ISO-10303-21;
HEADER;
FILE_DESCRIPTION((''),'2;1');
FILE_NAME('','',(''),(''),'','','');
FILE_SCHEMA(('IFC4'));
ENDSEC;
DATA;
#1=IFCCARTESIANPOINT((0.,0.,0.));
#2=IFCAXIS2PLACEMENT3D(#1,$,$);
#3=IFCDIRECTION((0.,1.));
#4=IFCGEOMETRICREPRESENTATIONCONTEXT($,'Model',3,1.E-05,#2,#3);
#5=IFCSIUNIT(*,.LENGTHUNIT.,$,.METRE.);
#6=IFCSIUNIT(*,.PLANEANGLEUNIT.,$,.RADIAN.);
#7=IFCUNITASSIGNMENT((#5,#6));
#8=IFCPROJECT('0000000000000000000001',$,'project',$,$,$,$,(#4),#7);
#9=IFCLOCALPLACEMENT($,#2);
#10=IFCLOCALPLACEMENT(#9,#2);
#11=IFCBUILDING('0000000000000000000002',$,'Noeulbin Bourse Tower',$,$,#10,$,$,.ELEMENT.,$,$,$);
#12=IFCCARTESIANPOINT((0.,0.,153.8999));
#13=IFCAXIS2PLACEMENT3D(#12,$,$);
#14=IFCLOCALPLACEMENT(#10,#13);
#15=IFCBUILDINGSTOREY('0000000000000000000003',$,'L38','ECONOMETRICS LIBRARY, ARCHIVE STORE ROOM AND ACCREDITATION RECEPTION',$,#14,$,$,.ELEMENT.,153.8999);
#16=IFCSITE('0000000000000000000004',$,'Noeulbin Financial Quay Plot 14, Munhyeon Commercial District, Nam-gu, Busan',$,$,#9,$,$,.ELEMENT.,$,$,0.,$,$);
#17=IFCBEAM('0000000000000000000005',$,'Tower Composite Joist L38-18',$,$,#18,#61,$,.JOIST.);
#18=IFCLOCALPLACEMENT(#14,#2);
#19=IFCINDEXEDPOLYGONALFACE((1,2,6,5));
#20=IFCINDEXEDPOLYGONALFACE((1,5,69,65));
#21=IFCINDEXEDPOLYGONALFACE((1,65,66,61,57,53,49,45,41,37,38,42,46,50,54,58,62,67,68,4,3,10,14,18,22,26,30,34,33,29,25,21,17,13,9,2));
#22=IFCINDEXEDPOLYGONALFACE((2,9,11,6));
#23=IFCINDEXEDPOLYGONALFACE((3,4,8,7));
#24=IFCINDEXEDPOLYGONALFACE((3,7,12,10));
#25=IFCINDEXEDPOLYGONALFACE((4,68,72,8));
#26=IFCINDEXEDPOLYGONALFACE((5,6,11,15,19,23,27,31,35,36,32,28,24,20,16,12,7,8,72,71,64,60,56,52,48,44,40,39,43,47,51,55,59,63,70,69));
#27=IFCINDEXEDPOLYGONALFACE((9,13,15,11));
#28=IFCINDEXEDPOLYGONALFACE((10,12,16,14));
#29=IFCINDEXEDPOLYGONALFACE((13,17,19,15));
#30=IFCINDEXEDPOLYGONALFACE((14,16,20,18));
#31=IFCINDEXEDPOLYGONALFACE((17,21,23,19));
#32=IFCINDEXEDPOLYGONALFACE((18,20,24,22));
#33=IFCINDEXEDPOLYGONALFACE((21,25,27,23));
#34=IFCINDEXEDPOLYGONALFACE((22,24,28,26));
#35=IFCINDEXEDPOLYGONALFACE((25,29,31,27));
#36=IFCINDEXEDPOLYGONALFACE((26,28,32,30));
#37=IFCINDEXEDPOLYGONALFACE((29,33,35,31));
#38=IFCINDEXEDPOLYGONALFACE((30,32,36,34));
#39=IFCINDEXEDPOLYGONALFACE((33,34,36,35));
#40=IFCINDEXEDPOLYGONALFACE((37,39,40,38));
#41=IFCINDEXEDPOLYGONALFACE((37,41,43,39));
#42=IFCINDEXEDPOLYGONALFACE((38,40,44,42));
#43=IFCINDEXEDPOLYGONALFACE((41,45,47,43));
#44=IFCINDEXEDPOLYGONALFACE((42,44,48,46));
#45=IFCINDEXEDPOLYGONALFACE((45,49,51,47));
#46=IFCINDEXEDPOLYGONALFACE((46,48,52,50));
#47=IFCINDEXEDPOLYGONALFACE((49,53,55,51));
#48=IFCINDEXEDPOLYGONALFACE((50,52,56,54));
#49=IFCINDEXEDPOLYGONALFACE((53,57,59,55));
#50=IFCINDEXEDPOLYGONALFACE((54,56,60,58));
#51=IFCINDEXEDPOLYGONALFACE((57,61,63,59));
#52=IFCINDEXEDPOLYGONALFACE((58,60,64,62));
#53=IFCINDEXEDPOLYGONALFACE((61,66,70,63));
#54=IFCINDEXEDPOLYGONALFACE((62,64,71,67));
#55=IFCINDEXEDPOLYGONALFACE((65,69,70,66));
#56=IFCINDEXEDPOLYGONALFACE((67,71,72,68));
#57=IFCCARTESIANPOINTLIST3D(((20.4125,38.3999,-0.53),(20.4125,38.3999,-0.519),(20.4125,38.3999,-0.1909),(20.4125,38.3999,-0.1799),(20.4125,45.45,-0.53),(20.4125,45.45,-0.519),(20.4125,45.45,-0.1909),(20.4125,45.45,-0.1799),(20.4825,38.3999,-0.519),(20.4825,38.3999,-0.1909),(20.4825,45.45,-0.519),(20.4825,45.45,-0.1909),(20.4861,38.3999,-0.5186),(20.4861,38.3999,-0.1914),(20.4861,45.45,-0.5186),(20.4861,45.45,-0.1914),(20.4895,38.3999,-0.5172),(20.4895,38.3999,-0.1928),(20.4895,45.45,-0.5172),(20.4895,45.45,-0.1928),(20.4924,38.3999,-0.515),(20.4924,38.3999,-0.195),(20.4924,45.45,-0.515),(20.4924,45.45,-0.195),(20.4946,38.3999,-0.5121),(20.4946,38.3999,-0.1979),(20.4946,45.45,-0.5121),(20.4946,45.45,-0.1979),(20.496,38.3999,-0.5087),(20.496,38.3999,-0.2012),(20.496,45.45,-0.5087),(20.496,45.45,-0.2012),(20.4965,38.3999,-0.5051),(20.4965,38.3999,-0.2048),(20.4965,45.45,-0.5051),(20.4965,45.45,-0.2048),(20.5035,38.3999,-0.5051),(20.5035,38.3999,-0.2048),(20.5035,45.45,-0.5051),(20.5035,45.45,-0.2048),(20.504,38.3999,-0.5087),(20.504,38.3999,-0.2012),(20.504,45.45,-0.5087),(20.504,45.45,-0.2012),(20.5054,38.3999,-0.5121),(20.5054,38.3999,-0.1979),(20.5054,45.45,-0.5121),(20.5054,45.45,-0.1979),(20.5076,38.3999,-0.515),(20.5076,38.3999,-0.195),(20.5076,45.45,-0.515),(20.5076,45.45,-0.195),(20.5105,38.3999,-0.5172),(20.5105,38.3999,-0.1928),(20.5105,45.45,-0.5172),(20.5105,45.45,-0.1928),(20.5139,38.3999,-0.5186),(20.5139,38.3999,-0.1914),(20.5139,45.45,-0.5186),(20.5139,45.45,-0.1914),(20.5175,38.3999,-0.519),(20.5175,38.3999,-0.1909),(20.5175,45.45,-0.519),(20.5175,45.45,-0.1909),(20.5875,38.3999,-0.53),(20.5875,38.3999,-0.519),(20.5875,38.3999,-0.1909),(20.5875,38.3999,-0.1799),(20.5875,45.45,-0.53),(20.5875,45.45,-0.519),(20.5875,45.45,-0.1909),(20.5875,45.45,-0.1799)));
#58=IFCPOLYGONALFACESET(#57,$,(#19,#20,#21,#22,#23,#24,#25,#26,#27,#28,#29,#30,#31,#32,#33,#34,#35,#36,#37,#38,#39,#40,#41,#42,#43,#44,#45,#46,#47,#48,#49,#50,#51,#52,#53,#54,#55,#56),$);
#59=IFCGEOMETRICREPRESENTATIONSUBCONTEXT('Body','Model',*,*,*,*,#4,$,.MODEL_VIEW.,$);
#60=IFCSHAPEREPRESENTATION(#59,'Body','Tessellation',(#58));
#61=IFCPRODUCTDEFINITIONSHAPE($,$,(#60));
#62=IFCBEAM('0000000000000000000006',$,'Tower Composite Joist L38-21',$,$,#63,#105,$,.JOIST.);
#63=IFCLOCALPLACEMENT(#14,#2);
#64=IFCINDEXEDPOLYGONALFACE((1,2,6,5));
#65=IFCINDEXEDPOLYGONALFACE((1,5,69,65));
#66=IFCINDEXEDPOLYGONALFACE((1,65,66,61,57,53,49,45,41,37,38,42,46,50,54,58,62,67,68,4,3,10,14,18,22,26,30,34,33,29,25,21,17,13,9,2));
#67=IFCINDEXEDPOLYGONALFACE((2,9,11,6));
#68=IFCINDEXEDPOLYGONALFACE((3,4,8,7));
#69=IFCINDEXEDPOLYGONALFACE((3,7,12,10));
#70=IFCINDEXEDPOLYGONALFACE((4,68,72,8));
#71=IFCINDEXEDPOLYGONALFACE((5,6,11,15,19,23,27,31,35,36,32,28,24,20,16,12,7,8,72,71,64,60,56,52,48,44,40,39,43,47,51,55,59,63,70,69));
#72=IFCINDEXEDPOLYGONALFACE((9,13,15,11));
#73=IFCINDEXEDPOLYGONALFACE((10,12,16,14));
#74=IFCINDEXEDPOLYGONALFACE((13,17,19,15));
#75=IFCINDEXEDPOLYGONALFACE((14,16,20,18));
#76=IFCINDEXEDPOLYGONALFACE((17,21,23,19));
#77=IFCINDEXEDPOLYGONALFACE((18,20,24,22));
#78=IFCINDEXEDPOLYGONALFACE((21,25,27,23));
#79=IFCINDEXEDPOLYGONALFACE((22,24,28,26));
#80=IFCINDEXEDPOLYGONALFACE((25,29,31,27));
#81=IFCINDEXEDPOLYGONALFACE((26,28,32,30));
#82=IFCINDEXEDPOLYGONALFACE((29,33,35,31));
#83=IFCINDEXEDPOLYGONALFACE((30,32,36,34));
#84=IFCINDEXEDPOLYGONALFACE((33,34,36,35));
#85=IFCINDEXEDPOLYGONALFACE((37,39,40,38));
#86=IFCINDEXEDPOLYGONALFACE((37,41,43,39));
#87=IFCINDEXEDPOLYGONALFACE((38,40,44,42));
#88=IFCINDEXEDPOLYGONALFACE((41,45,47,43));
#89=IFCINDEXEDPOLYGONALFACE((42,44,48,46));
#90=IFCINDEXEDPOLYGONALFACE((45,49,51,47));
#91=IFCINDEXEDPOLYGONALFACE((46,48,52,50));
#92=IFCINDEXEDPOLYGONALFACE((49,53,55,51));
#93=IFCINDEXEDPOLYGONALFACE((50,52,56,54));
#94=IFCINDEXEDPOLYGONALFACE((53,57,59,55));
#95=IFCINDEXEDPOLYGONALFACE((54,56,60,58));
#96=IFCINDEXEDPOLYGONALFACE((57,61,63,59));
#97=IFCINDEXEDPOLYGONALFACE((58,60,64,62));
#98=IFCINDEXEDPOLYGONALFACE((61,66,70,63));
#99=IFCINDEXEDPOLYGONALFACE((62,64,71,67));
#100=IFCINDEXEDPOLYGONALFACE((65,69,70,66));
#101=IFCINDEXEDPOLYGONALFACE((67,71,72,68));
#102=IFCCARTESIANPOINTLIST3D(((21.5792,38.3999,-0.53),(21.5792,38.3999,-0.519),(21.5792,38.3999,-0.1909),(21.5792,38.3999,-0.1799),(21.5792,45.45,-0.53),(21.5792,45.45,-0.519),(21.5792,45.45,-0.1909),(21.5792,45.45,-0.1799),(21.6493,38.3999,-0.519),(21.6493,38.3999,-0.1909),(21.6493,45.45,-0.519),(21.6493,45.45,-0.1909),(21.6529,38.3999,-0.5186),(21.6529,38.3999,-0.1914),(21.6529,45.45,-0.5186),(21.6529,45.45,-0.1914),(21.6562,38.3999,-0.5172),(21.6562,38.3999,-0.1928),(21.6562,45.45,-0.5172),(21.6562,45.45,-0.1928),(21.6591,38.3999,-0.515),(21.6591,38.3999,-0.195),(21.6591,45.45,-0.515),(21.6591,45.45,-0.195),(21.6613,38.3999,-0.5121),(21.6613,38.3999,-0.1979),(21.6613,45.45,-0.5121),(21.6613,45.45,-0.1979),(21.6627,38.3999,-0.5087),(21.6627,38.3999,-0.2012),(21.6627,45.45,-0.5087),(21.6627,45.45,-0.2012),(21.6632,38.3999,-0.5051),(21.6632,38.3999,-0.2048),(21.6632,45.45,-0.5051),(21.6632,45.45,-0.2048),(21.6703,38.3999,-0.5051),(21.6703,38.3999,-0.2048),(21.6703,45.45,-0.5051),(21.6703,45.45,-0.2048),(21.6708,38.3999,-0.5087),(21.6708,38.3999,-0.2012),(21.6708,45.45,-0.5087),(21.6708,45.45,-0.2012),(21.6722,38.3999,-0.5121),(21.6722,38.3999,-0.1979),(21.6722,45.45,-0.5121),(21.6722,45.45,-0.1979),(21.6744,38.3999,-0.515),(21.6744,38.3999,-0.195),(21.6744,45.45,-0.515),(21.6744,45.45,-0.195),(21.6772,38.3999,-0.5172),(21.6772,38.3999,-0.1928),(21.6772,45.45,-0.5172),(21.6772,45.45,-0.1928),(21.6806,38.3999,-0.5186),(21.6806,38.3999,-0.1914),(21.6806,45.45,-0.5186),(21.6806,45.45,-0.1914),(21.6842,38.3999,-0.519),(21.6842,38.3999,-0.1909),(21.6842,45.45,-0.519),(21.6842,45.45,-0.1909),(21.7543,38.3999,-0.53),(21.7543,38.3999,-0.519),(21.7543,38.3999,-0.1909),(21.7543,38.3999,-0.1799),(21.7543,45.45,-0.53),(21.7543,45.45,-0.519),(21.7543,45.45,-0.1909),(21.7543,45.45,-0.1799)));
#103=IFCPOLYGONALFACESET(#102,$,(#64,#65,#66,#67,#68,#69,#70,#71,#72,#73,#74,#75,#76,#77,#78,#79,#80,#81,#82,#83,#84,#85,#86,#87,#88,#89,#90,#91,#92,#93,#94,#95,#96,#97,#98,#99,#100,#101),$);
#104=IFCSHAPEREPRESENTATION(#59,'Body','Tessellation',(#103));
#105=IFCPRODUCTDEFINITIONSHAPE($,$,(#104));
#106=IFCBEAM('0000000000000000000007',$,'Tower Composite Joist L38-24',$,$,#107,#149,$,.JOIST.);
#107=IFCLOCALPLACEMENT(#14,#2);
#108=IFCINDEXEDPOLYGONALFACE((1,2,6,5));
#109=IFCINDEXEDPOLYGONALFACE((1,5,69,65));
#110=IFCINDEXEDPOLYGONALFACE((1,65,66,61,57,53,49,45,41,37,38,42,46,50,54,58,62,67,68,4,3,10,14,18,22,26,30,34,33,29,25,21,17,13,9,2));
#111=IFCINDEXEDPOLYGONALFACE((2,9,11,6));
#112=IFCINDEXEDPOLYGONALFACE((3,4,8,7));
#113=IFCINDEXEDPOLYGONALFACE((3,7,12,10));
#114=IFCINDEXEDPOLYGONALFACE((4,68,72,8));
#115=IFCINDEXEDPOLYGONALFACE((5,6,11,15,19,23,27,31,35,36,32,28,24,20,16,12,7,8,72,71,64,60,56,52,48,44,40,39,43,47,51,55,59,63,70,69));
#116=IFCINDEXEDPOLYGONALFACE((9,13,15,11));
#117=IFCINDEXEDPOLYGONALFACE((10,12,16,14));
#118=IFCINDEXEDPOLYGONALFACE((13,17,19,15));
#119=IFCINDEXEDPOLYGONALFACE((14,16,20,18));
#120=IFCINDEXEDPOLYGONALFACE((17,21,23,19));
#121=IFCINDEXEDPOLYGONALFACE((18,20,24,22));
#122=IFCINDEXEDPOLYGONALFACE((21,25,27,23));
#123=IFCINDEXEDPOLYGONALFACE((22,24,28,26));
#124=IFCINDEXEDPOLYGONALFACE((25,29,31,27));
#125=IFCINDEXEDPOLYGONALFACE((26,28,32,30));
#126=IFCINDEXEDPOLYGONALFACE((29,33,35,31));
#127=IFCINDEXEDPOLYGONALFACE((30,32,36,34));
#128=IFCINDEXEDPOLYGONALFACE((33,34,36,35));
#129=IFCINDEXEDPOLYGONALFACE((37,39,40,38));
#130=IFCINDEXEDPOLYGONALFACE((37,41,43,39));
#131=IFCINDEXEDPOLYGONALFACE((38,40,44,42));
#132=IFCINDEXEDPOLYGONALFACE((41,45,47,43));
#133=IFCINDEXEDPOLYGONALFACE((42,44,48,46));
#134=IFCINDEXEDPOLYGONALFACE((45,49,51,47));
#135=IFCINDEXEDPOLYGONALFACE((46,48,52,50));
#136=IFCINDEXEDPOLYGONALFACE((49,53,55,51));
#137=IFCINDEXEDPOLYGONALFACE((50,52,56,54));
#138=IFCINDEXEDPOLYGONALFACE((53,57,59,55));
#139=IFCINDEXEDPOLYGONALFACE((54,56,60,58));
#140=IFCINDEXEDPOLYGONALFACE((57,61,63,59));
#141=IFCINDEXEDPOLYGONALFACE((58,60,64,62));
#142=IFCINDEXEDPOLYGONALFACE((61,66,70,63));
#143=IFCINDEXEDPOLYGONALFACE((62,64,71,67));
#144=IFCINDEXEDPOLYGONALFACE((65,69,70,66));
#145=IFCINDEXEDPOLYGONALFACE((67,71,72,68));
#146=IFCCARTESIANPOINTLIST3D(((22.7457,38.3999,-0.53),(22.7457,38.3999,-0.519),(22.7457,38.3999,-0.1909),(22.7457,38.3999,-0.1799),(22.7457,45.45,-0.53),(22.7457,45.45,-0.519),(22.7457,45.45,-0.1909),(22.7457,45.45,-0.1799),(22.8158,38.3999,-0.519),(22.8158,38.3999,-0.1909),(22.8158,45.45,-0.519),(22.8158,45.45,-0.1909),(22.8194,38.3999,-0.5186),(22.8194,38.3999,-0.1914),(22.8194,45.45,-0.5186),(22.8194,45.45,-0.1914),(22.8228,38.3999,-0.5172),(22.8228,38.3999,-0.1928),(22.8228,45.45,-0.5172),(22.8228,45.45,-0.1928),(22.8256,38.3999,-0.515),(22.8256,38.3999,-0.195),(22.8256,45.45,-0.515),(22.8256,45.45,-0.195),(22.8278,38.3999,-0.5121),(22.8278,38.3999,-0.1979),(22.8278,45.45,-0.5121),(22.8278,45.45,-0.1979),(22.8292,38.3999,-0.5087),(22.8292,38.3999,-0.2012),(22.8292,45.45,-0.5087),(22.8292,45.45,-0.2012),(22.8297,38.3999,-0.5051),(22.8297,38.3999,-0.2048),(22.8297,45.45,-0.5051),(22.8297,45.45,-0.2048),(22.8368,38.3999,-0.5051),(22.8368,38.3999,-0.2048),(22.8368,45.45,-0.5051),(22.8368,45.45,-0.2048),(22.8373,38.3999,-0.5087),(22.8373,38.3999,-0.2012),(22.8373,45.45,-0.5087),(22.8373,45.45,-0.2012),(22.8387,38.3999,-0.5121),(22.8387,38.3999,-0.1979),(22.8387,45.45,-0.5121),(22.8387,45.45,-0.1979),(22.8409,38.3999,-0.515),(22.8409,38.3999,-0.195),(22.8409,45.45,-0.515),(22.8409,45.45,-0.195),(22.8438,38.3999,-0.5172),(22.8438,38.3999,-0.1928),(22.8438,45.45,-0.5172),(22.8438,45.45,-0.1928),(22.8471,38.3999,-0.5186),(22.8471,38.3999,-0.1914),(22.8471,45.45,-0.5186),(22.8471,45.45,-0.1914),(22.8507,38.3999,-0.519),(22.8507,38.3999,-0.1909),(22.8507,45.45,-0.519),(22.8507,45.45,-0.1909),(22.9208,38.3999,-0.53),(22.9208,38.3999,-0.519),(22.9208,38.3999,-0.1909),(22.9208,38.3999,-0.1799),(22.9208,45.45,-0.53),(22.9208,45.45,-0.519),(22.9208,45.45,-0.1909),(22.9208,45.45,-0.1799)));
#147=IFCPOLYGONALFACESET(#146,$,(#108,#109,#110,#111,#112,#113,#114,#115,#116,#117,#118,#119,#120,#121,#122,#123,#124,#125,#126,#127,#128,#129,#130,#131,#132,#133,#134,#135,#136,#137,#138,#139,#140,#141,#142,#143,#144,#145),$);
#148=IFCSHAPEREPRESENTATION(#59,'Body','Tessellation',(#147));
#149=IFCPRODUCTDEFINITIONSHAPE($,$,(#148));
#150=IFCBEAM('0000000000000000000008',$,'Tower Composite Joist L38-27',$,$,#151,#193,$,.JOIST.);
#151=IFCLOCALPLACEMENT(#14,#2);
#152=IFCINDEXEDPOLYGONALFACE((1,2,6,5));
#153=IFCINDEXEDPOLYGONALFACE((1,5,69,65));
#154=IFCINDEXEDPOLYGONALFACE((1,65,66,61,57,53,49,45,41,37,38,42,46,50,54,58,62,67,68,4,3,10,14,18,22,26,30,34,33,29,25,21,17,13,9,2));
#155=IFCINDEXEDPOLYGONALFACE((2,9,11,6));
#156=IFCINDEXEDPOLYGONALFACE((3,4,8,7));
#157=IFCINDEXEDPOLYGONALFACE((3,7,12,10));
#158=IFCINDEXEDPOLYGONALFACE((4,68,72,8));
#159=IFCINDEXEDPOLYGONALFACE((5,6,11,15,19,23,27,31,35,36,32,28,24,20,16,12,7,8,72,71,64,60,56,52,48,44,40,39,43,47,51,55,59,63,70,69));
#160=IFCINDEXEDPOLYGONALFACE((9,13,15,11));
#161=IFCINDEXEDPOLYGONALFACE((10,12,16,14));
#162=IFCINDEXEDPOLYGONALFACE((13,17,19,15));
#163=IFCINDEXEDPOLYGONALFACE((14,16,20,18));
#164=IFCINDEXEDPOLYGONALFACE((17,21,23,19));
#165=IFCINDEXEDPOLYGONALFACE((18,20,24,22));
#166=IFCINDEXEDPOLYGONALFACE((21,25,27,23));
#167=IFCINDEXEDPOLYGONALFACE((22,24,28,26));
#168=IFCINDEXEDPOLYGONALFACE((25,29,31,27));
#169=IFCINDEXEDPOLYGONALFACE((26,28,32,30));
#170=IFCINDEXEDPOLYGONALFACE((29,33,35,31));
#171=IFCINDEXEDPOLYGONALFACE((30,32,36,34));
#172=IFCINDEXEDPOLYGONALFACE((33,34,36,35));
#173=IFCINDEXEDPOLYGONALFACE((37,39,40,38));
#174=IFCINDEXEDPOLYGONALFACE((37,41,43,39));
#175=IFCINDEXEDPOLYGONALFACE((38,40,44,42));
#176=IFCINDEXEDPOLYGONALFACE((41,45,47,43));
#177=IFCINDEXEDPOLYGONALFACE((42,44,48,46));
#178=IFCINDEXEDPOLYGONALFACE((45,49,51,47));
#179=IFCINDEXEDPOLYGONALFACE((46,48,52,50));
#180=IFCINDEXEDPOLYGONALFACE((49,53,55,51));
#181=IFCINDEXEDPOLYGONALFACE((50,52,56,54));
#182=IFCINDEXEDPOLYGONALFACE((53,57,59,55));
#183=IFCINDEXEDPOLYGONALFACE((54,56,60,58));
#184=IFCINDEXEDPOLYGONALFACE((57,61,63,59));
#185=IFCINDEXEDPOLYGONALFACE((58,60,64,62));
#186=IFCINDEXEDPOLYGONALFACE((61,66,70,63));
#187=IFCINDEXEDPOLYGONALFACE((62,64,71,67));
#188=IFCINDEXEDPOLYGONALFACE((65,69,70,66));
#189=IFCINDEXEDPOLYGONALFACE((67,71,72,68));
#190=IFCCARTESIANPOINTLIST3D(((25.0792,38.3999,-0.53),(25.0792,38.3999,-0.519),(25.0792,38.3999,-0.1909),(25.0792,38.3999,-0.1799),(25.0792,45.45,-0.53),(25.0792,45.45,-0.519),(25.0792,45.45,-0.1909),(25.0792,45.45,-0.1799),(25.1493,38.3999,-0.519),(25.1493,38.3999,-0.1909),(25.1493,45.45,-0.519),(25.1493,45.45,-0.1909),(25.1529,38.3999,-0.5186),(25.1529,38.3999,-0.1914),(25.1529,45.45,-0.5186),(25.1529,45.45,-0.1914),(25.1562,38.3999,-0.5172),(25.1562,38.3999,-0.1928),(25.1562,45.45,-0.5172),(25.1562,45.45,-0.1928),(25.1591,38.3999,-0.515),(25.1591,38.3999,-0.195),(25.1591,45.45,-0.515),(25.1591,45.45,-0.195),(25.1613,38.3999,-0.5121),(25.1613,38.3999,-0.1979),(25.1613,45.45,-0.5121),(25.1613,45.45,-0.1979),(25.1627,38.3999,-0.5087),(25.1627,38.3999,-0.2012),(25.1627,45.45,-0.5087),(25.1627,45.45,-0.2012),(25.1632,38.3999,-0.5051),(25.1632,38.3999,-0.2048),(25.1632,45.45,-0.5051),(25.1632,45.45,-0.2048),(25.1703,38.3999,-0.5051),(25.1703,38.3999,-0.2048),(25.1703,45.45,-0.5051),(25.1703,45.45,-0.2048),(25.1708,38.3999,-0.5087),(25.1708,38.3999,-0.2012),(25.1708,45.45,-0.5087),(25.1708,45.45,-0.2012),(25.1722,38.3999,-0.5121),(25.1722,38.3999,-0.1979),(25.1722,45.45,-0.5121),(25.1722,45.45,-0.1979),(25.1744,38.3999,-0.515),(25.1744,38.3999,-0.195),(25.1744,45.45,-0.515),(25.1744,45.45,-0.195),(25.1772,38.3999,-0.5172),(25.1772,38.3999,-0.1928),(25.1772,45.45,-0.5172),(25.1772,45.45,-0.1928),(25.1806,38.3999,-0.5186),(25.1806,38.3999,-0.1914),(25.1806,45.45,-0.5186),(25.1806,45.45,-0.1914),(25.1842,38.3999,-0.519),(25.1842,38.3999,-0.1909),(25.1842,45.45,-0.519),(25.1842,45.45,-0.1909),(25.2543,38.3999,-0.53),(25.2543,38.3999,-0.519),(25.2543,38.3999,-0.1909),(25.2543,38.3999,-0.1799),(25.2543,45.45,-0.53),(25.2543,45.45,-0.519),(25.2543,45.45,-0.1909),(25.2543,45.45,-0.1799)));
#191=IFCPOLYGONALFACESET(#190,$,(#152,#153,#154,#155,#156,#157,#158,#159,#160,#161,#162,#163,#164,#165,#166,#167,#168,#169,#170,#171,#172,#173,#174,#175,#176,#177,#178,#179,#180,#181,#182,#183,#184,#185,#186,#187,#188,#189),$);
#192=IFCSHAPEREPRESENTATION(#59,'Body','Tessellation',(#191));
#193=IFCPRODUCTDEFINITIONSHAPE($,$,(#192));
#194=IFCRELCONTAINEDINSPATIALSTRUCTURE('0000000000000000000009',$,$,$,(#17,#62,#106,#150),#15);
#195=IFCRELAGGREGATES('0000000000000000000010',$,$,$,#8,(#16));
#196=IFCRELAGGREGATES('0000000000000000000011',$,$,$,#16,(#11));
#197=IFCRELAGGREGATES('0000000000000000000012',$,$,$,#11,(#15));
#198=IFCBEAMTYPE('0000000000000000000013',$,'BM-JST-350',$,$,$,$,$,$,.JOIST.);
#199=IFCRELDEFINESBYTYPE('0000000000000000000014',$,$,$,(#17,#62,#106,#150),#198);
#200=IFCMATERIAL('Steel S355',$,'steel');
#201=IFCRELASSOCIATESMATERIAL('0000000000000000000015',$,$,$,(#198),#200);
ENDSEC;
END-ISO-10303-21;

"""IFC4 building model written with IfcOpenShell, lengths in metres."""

from ifc_helpers import new_model, si_unit, direction, frame, origin, origin_2d, place, context, subcontext, project, spatial, i_section, extrude, material, material_profile, profile_set, type_object, element, save


model = new_model("IFC4")

# Units and contexts
model_context = context("Model", 3, precision=1e-05, world=origin(), true_north=direction((0.0, 1.0)))
body_context = subcontext(model_context, "Body", "Model", "MODEL_VIEW")
ifc_project = project(units=[si_unit("LENGTHUNIT", "METRE"), si_unit("PLANEANGLEUNIT", "RADIAN")], contexts=[model_context])

# Site, building, storey
site_placement = place(None, origin())
site = spatial("IfcSite", under=ifc_project, at=site_placement, Name="Noeulbin Financial Quay Plot 14, Munhyeon Commercial District, Nam-gu, Busan", CompositionType="ELEMENT", RefElevation=0.0)
building_placement = place(site_placement, origin())
building = spatial("IfcBuilding", under=site, at=building_placement, Name="Noeulbin Bourse Tower", CompositionType="ELEMENT")
storey_placement = place(building_placement, frame((0.0, 0.0, 153.8999)))
storey = spatial("IfcBuildingStorey", under=building, at=storey_placement, Name="L38", Description="ECONOMETRICS LIBRARY, ARCHIVE STORE ROOM AND ACCREDITATION RECEPTION", CompositionType="ELEMENT", Elevation=153.8999)

# Shared definitions
ifc_material_1 = material(Name="Steel S355", Category="steel")

# Beams
ifc_material_profile_1 = material_profile(ifc_material_1, i_section(OverallWidth=0.175, OverallDepth=0.3501, WebThickness=0.0071, FlangeThickness=0.011, FilletRadius=0.0139, at=origin_2d()), Name="H-350x175x7x11", Category="LoadBearing")
ifc_profile_set_1 = profile_set([ifc_material_profile_1], Name="Steel S355")
beam_type_1 = type_object("IfcBeamType", Name="BM-JST-350", PredefinedType="JOIST", material=ifc_profile_set_1)
for number, where, z_axis, x_axis, name in (
    (1, (20.5, 38.3999, -0.355), (0.0, 1.0, 0.0), (-1.0, 0.0, 0.0), "Tower Composite Joist L38-18"),
    (2, (21.6667, 38.3999, -0.355), (0.0, 1.0, 0.0), (-1.0, 0.0, 0.0), "Tower Composite Joist L38-21"),
    (3, (22.8333, 38.3999, -0.355), (0.0, 1.0, 0.0), (-1.0, 0.0, 0.0), "Tower Composite Joist L38-24"),
    (4, (25.1667, 38.3999, -0.355), (0.0, 1.0, 0.0), (-1.0, 0.0, 0.0), "Tower Composite Joist L38-27"),
):
    element("IfcBeam", number, at=place(storey_placement, frame(where, z_axis=z_axis, x_axis=x_axis)), inside=storey, type_object=beam_type_1, Name=name, PredefinedType="JOIST", context=body_context, shape_type="SweptSolid", body=[
        extrude(i_section(OverallWidth=0.175, OverallDepth=0.3501, WebThickness=0.0071, FlangeThickness=0.011, FilletRadius=0.0139, at=origin_2d()), origin(), (0.0, 0.0, 1.0), 7.05),
    ])

save(model, "model.ifc")
